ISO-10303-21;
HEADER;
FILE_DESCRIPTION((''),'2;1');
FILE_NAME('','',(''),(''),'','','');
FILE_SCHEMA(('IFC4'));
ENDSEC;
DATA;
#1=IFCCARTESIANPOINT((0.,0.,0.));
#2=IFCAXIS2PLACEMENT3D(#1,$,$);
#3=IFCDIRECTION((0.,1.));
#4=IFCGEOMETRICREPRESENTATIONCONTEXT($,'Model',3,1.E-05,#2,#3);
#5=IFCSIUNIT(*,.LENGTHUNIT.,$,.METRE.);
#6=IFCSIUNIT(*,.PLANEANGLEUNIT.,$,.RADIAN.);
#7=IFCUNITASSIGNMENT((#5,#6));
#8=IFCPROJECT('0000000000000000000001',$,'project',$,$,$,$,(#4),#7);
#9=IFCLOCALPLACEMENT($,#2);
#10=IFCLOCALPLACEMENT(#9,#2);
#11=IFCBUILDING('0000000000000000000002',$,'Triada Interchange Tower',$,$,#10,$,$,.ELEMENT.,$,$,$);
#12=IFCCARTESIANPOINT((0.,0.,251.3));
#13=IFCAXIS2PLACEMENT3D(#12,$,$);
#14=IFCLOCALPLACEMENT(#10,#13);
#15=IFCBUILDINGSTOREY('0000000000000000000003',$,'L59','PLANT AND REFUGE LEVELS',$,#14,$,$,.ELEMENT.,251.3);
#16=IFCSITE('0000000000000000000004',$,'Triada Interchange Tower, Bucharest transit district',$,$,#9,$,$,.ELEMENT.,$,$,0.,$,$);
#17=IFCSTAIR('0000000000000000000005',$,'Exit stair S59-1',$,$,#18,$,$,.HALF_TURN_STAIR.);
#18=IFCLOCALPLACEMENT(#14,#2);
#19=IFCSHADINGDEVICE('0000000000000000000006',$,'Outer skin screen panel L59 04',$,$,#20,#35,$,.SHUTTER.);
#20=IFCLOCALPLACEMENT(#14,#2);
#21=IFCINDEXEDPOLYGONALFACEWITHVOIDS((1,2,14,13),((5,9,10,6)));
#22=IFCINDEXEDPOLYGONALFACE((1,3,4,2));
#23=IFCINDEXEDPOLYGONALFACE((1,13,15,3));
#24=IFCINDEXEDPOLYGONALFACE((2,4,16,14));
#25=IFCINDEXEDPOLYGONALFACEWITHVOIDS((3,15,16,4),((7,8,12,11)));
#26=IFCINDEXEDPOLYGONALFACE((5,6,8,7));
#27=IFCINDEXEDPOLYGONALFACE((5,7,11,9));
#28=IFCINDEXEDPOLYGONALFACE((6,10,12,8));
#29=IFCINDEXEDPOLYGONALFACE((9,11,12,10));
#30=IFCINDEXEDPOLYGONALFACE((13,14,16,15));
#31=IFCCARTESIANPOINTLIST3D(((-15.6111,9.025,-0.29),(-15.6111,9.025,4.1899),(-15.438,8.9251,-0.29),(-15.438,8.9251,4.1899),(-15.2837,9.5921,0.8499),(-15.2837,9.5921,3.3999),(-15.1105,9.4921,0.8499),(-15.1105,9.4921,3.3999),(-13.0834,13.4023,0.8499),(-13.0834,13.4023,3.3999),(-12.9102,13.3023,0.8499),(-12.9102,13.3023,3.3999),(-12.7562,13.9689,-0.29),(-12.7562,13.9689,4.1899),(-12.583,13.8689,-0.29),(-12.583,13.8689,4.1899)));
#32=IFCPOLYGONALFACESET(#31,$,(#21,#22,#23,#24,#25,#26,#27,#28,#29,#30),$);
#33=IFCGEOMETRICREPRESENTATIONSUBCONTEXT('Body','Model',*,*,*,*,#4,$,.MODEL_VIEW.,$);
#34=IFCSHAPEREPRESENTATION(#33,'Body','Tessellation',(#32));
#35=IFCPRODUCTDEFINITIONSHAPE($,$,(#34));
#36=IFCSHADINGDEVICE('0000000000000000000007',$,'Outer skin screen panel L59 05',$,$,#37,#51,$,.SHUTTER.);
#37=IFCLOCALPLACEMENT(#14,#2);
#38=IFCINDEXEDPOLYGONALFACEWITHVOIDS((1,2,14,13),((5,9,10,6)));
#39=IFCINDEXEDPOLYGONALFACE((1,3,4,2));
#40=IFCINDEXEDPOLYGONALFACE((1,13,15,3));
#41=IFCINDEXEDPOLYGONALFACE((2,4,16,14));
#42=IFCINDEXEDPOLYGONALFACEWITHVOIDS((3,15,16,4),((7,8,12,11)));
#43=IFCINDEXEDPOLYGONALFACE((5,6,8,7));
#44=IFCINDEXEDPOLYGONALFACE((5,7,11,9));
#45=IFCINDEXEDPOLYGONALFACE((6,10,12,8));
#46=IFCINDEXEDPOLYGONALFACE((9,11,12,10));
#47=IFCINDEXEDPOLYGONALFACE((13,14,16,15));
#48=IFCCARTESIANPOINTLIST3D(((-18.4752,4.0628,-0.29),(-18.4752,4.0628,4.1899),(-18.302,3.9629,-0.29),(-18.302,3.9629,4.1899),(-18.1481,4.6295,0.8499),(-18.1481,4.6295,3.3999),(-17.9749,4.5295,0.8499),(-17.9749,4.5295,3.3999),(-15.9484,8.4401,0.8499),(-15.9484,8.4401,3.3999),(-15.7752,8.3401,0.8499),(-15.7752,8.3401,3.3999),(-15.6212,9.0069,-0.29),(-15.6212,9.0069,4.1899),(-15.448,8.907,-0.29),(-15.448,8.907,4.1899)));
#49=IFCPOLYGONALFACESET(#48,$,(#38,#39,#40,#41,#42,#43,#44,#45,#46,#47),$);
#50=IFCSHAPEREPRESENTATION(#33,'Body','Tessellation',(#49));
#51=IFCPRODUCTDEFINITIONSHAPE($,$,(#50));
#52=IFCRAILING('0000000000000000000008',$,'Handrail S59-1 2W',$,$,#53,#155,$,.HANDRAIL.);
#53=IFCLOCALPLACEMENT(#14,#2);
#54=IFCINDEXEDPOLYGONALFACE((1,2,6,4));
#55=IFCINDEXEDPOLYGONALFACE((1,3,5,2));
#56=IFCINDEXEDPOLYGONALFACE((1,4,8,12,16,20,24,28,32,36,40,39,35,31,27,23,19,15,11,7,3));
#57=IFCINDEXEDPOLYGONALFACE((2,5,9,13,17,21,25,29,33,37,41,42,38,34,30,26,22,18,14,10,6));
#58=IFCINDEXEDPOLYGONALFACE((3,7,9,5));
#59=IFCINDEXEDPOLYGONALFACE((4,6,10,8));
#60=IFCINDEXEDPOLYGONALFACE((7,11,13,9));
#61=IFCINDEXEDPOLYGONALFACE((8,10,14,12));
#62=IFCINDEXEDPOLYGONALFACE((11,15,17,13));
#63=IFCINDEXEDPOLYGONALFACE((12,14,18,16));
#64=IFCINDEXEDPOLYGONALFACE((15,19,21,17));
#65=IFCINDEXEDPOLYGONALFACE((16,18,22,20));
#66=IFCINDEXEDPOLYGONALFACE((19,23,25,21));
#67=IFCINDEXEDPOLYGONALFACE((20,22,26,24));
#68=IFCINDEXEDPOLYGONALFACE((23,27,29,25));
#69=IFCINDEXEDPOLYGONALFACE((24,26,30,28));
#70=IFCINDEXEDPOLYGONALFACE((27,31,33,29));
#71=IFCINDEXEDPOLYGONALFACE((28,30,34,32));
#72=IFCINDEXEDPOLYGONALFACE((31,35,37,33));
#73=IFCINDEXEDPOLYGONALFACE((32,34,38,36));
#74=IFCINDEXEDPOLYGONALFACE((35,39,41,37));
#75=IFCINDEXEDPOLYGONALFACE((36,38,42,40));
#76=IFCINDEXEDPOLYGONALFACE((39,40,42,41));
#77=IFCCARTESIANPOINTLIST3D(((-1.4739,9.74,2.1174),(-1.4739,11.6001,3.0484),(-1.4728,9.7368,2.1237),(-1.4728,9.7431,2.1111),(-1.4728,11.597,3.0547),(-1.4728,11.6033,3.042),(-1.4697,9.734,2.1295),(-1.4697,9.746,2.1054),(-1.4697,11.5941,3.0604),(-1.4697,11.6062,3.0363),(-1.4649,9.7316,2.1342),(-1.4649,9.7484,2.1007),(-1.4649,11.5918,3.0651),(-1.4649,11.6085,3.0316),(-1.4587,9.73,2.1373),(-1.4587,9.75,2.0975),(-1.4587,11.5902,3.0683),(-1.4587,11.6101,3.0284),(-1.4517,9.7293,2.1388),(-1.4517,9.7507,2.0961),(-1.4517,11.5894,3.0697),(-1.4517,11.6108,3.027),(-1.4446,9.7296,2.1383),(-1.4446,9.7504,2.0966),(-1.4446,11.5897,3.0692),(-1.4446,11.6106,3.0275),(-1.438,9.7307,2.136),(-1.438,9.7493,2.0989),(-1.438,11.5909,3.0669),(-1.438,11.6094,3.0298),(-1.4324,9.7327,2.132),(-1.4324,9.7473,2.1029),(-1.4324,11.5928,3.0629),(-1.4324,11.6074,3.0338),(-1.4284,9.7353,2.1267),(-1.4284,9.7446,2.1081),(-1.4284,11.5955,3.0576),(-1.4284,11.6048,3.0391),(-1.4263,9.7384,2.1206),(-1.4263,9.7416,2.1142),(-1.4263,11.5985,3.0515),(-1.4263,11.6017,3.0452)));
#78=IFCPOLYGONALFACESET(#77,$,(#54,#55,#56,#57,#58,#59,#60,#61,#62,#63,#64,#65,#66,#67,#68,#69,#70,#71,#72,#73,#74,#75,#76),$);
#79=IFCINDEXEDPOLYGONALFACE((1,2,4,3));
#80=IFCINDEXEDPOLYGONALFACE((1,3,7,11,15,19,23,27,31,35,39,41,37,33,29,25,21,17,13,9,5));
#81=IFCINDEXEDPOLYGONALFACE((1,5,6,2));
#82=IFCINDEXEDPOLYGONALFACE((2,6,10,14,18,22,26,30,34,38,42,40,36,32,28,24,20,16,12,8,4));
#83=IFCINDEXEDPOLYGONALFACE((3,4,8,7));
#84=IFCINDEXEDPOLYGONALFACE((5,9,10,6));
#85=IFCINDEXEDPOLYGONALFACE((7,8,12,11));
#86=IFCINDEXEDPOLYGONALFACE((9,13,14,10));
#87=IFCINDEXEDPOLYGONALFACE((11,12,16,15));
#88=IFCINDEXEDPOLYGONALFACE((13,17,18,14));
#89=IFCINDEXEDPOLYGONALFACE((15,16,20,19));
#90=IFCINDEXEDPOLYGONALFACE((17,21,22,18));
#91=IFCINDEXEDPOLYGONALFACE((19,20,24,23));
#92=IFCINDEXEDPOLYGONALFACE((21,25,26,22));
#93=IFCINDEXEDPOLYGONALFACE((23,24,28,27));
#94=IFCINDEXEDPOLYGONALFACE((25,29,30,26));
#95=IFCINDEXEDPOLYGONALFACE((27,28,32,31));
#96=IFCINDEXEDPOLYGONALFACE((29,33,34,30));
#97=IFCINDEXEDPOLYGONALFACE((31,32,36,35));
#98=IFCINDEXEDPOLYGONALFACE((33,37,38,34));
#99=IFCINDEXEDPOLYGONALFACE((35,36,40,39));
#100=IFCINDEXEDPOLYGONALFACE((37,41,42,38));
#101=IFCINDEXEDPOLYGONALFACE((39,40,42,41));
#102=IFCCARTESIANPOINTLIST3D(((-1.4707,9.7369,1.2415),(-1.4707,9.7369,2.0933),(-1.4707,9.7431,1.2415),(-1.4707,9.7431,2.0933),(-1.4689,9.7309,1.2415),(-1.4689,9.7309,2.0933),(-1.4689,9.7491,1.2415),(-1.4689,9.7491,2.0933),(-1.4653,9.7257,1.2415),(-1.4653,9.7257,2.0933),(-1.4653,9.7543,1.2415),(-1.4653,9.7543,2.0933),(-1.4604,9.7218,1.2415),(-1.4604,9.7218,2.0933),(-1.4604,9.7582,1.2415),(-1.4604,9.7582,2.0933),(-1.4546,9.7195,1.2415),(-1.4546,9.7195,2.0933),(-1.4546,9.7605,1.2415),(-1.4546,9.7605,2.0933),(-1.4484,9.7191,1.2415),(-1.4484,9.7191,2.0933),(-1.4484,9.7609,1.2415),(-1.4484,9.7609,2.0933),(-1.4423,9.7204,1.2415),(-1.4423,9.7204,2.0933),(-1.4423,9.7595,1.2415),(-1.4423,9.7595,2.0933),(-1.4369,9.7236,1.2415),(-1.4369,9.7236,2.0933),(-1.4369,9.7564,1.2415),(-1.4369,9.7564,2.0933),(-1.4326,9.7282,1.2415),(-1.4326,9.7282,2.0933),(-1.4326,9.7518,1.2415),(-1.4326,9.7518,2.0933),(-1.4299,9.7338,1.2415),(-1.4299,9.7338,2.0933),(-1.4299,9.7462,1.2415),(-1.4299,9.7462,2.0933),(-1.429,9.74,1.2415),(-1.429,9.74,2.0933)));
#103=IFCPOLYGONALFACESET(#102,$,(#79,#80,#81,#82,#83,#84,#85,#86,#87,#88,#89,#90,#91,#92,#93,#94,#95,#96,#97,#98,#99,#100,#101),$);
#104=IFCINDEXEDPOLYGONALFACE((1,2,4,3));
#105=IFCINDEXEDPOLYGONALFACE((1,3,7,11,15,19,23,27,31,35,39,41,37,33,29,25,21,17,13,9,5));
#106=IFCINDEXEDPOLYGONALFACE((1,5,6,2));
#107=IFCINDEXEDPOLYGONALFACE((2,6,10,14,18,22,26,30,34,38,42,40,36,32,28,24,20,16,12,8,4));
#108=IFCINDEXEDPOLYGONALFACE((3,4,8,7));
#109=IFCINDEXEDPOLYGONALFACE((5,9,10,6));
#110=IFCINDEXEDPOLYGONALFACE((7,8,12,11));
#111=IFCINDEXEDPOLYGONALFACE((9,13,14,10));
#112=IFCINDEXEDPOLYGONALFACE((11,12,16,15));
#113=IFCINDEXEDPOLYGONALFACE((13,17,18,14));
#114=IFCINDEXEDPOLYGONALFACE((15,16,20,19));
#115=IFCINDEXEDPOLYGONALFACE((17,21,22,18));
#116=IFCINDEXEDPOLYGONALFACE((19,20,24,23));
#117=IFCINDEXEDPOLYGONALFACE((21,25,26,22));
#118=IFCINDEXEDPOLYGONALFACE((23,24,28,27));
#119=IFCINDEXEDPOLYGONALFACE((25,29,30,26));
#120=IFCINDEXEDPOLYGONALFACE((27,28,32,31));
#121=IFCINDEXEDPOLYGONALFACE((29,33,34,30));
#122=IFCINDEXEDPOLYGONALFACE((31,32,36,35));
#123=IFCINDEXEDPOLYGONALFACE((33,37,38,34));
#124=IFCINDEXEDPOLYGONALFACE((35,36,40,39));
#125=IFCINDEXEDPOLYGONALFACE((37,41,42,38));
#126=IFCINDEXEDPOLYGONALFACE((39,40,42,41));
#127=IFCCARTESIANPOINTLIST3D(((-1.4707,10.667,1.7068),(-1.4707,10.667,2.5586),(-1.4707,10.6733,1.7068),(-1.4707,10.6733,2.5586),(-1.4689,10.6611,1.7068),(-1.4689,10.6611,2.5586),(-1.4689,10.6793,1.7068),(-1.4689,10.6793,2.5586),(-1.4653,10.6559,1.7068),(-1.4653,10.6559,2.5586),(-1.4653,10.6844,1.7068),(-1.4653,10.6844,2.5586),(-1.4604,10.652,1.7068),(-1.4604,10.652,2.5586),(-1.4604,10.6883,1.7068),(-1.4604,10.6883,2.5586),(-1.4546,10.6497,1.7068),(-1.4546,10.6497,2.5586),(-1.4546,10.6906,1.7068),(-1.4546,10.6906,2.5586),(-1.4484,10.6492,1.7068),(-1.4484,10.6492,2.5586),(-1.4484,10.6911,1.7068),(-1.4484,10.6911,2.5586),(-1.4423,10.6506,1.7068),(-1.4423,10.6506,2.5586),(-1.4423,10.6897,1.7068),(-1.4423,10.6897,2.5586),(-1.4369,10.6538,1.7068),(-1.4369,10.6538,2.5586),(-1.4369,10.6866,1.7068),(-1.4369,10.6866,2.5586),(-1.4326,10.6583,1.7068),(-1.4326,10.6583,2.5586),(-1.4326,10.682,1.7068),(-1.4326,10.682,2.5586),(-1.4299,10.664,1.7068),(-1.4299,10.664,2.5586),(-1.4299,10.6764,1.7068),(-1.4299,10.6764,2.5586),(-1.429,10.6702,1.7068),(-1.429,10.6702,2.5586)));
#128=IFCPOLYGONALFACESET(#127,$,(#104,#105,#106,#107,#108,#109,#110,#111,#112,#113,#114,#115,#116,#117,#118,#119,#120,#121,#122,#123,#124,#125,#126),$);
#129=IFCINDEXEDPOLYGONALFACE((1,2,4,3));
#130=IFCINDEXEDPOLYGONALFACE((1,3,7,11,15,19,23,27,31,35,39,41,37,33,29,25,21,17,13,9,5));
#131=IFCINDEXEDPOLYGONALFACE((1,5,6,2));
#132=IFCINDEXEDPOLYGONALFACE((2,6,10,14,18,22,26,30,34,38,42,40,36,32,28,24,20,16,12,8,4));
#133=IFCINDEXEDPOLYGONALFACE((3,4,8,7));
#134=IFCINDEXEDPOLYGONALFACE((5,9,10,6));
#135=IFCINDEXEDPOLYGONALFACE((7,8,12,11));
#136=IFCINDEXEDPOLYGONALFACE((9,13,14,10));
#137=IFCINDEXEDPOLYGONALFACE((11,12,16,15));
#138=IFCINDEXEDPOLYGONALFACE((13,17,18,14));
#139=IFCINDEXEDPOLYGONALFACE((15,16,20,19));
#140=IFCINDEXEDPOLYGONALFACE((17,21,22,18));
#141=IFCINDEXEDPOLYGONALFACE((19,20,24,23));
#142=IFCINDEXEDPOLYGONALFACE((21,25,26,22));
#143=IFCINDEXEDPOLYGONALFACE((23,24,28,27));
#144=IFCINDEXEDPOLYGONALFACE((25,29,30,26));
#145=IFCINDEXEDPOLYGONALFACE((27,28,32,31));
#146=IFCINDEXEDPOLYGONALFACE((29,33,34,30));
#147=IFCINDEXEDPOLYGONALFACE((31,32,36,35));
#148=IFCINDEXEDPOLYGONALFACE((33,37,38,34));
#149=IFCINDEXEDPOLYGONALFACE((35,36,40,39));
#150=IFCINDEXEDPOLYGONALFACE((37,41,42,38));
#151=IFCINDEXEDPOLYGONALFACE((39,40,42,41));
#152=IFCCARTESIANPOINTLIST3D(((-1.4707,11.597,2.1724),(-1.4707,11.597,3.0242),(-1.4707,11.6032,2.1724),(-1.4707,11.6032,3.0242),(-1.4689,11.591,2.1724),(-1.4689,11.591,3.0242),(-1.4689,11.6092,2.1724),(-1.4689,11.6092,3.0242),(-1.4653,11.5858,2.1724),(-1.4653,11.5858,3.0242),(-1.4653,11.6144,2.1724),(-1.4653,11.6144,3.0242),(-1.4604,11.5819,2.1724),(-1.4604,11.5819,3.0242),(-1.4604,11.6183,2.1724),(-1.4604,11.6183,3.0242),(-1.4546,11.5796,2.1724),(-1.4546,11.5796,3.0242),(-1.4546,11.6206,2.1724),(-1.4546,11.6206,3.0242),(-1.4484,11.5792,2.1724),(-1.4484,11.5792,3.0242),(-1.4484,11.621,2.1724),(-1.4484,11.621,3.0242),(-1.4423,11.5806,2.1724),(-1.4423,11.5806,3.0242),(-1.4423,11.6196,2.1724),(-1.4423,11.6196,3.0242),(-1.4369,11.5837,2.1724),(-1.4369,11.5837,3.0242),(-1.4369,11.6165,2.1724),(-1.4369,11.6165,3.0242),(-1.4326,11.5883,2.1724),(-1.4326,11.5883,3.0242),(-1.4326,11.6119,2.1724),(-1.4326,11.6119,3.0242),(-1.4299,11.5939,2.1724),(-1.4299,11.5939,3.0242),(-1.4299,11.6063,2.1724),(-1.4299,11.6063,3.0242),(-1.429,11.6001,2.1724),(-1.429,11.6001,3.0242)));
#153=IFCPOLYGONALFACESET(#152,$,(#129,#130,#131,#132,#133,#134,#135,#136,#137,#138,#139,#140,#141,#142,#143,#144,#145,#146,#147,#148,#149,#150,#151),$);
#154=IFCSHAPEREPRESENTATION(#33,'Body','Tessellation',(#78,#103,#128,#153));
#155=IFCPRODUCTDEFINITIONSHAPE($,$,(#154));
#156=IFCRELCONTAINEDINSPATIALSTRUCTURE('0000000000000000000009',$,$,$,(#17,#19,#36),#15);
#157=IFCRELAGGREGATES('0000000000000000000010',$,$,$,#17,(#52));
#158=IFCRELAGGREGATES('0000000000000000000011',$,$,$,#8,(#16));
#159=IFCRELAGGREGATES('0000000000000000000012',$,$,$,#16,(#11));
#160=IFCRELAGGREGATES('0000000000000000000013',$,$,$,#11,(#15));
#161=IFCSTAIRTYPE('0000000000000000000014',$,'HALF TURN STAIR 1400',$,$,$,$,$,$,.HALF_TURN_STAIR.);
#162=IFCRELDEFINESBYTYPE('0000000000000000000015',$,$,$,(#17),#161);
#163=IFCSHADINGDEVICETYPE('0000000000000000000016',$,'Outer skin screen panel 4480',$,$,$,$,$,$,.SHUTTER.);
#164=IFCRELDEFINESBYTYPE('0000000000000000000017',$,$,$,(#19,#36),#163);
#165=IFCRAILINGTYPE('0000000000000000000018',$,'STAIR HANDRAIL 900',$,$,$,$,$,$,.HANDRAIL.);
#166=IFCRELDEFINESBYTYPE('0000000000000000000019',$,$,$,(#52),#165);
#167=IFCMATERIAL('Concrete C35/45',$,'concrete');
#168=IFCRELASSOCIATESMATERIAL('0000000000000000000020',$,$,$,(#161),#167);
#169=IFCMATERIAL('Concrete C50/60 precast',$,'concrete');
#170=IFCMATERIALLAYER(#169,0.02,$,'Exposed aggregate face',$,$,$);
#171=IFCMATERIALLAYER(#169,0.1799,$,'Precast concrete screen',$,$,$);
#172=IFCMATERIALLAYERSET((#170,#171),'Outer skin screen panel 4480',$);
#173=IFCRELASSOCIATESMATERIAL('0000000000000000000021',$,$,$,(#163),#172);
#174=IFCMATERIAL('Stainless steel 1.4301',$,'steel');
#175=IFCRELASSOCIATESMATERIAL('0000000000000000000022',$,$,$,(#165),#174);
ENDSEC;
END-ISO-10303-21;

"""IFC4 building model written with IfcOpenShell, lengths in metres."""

from ifc_helpers import new_model, si_unit, direction, frame, origin, origin_2d, place, context, subcontext, project, spatial, polyline, circle, outline, extrude, material, layer, layer_set, type_object, element, aggregate, save


model = new_model("IFC4")

# Units and contexts
model_context = context("Model", 3, precision=1e-05, world=origin(), true_north=direction((0.0, 1.0)))
body_context = subcontext(model_context, "Body", "Model", "MODEL_VIEW")
ifc_project = project(units=[si_unit("LENGTHUNIT", "METRE"), si_unit("PLANEANGLEUNIT", "RADIAN")], contexts=[model_context])

# Site, building, storey
site_placement = place(None, origin())
site = spatial("IfcSite", under=ifc_project, at=site_placement, Name="Triada Interchange Tower, Bucharest transit district", CompositionType="ELEMENT", RefElevation=0.0)
building_placement = place(site_placement, origin())
building = spatial("IfcBuilding", under=site, at=building_placement, Name="Triada Interchange Tower", CompositionType="ELEMENT")
storey_placement = place(building_placement, frame((0.0, 0.0, 251.3)))
storey = spatial("IfcBuildingStorey", under=building, at=storey_placement, Name="L59", Description="PLANT AND REFUGE LEVELS", CompositionType="ELEMENT", Elevation=251.3)

# Stair
ifc_material_1 = material(Name="Concrete C35/45", Category="concrete")
stair_type = type_object("IfcStairType", Name="HALF TURN STAIR 1400", PredefinedType="HALF_TURN_STAIR", material=ifc_material_1)
stair_placement = place(storey_placement, origin())
stair = element("IfcStair", 1, at=stair_placement, inside=storey, type_object=stair_type, Name="Exit stair S59-1", PredefinedType="HALF_TURN_STAIR")

# Shading devices
ifc_material_2 = material(Name="Concrete C50/60 precast", Category="concrete")
ifc_layer_1 = layer(ifc_material_2, 0.02, Name="Exposed aggregate face")
ifc_layer_2 = layer(ifc_material_2, 0.1799, Name="Precast concrete screen")
ifc_layer_set_1 = layer_set([ifc_layer_1, ifc_layer_2], Name="Outer skin screen panel 4480")
shading_device_type = type_object("IfcShadingDeviceType", Name="Outer skin screen panel 4480", PredefinedType="SHUTTER", material=ifc_layer_set_1)
shading_device_1_placement = place(storey_placement, frame((-12.583, 13.8689, -0.29), z_axis=(0.0, 0.0, 1.0), x_axis=(-0.500085, -0.865976, 0.0)))
element("IfcShadingDevice", 2, at=shading_device_1_placement, inside=storey, type_object=shading_device_type, Name="Outer skin screen panel L59 04", PredefinedType="SHUTTER", context=body_context, shape_type="SweptSolid", body=[
    extrude(outline(polyline([(0.0, 0.0), (5.709, 0.0), (5.709, 4.48), (0.0, 4.48), (0.0, 0.0)]), holes=[polyline([(0.6543, 1.1399), (0.6543, 3.6899), (5.0542, 3.6899), (5.0542, 1.1399), (0.6543, 1.1399)])]), frame((0.0, 0.0, 0.0), z_axis=(0.0, -1.0, 0.0), x_axis=(1.0, 0.0, 0.0)), (0.0, 0.0, 1.0), 0.2),
])
shading_device_2_placement = place(storey_placement, frame((-15.448, 8.907, -0.29), z_axis=(0.0, 0.0, 1.0), x_axis=(-0.499938, -0.866061, 0.0)))
element("IfcShadingDevice", 3, at=shading_device_2_placement, inside=storey, type_object=shading_device_type, Name="Outer skin screen panel L59 05", PredefinedType="SHUTTER", context=body_context, shape_type="SweptSolid", body=[
    extrude(outline(polyline([(0.0, 0.0), (5.7087, 0.0), (5.7087, 4.48), (0.0, 4.48), (0.0, 0.0)]), holes=[polyline([(0.6545, 1.1399), (0.6545, 3.6899), (5.0544, 3.6899), (5.0544, 1.1399), (0.6545, 1.1399)])]), frame((0.0, 0.0, 0.0), z_axis=(0.0, -1.0, 0.0), x_axis=(1.0, 0.0, 0.0)), (0.0, 0.0, 1.0), 0.2),
])

# Railing
ifc_material_3 = material(Name="Stainless steel 1.4301", Category="steel")
railing_type = type_object("IfcRailingType", Name="STAIR HANDRAIL 900", PredefinedType="HANDRAIL", material=ifc_material_3)
railing_1_placement = place(storey_placement, frame((-1.45, 9.74, 1.2415)))
railing_1 = element("IfcRailing", 4, at=railing_1_placement, type_object=railing_type, Name="Handrail S59-1 2W", PredefinedType="HANDRAIL", context=body_context, shape_type="SweptSolid", body=[
    extrude(circle(Radius=0.0239, at=origin_2d()), frame((0.0, 0.0, 0.876), z_axis=(0.0, 0.894263, 0.447542), x_axis=(-1.0, 0.0, 0.0)), (0.0, 0.0, 1.0), 2.0801),
    extrude(circle(Radius=0.021, at=origin_2d()), origin(), (0.0, 0.0, 1.0), 0.8518),
    extrude(circle(Radius=0.021, at=origin_2d()), frame((0.0, 0.9302, 0.4653)), (0.0, 0.0, 1.0), 0.8518),
    extrude(circle(Radius=0.021, at=origin_2d()), frame((0.0, 1.8601, 0.9309)), (0.0, 0.0, 1.0), 0.8518),
])
aggregate(stair, [railing_1])

save(model, "model.ifc")
